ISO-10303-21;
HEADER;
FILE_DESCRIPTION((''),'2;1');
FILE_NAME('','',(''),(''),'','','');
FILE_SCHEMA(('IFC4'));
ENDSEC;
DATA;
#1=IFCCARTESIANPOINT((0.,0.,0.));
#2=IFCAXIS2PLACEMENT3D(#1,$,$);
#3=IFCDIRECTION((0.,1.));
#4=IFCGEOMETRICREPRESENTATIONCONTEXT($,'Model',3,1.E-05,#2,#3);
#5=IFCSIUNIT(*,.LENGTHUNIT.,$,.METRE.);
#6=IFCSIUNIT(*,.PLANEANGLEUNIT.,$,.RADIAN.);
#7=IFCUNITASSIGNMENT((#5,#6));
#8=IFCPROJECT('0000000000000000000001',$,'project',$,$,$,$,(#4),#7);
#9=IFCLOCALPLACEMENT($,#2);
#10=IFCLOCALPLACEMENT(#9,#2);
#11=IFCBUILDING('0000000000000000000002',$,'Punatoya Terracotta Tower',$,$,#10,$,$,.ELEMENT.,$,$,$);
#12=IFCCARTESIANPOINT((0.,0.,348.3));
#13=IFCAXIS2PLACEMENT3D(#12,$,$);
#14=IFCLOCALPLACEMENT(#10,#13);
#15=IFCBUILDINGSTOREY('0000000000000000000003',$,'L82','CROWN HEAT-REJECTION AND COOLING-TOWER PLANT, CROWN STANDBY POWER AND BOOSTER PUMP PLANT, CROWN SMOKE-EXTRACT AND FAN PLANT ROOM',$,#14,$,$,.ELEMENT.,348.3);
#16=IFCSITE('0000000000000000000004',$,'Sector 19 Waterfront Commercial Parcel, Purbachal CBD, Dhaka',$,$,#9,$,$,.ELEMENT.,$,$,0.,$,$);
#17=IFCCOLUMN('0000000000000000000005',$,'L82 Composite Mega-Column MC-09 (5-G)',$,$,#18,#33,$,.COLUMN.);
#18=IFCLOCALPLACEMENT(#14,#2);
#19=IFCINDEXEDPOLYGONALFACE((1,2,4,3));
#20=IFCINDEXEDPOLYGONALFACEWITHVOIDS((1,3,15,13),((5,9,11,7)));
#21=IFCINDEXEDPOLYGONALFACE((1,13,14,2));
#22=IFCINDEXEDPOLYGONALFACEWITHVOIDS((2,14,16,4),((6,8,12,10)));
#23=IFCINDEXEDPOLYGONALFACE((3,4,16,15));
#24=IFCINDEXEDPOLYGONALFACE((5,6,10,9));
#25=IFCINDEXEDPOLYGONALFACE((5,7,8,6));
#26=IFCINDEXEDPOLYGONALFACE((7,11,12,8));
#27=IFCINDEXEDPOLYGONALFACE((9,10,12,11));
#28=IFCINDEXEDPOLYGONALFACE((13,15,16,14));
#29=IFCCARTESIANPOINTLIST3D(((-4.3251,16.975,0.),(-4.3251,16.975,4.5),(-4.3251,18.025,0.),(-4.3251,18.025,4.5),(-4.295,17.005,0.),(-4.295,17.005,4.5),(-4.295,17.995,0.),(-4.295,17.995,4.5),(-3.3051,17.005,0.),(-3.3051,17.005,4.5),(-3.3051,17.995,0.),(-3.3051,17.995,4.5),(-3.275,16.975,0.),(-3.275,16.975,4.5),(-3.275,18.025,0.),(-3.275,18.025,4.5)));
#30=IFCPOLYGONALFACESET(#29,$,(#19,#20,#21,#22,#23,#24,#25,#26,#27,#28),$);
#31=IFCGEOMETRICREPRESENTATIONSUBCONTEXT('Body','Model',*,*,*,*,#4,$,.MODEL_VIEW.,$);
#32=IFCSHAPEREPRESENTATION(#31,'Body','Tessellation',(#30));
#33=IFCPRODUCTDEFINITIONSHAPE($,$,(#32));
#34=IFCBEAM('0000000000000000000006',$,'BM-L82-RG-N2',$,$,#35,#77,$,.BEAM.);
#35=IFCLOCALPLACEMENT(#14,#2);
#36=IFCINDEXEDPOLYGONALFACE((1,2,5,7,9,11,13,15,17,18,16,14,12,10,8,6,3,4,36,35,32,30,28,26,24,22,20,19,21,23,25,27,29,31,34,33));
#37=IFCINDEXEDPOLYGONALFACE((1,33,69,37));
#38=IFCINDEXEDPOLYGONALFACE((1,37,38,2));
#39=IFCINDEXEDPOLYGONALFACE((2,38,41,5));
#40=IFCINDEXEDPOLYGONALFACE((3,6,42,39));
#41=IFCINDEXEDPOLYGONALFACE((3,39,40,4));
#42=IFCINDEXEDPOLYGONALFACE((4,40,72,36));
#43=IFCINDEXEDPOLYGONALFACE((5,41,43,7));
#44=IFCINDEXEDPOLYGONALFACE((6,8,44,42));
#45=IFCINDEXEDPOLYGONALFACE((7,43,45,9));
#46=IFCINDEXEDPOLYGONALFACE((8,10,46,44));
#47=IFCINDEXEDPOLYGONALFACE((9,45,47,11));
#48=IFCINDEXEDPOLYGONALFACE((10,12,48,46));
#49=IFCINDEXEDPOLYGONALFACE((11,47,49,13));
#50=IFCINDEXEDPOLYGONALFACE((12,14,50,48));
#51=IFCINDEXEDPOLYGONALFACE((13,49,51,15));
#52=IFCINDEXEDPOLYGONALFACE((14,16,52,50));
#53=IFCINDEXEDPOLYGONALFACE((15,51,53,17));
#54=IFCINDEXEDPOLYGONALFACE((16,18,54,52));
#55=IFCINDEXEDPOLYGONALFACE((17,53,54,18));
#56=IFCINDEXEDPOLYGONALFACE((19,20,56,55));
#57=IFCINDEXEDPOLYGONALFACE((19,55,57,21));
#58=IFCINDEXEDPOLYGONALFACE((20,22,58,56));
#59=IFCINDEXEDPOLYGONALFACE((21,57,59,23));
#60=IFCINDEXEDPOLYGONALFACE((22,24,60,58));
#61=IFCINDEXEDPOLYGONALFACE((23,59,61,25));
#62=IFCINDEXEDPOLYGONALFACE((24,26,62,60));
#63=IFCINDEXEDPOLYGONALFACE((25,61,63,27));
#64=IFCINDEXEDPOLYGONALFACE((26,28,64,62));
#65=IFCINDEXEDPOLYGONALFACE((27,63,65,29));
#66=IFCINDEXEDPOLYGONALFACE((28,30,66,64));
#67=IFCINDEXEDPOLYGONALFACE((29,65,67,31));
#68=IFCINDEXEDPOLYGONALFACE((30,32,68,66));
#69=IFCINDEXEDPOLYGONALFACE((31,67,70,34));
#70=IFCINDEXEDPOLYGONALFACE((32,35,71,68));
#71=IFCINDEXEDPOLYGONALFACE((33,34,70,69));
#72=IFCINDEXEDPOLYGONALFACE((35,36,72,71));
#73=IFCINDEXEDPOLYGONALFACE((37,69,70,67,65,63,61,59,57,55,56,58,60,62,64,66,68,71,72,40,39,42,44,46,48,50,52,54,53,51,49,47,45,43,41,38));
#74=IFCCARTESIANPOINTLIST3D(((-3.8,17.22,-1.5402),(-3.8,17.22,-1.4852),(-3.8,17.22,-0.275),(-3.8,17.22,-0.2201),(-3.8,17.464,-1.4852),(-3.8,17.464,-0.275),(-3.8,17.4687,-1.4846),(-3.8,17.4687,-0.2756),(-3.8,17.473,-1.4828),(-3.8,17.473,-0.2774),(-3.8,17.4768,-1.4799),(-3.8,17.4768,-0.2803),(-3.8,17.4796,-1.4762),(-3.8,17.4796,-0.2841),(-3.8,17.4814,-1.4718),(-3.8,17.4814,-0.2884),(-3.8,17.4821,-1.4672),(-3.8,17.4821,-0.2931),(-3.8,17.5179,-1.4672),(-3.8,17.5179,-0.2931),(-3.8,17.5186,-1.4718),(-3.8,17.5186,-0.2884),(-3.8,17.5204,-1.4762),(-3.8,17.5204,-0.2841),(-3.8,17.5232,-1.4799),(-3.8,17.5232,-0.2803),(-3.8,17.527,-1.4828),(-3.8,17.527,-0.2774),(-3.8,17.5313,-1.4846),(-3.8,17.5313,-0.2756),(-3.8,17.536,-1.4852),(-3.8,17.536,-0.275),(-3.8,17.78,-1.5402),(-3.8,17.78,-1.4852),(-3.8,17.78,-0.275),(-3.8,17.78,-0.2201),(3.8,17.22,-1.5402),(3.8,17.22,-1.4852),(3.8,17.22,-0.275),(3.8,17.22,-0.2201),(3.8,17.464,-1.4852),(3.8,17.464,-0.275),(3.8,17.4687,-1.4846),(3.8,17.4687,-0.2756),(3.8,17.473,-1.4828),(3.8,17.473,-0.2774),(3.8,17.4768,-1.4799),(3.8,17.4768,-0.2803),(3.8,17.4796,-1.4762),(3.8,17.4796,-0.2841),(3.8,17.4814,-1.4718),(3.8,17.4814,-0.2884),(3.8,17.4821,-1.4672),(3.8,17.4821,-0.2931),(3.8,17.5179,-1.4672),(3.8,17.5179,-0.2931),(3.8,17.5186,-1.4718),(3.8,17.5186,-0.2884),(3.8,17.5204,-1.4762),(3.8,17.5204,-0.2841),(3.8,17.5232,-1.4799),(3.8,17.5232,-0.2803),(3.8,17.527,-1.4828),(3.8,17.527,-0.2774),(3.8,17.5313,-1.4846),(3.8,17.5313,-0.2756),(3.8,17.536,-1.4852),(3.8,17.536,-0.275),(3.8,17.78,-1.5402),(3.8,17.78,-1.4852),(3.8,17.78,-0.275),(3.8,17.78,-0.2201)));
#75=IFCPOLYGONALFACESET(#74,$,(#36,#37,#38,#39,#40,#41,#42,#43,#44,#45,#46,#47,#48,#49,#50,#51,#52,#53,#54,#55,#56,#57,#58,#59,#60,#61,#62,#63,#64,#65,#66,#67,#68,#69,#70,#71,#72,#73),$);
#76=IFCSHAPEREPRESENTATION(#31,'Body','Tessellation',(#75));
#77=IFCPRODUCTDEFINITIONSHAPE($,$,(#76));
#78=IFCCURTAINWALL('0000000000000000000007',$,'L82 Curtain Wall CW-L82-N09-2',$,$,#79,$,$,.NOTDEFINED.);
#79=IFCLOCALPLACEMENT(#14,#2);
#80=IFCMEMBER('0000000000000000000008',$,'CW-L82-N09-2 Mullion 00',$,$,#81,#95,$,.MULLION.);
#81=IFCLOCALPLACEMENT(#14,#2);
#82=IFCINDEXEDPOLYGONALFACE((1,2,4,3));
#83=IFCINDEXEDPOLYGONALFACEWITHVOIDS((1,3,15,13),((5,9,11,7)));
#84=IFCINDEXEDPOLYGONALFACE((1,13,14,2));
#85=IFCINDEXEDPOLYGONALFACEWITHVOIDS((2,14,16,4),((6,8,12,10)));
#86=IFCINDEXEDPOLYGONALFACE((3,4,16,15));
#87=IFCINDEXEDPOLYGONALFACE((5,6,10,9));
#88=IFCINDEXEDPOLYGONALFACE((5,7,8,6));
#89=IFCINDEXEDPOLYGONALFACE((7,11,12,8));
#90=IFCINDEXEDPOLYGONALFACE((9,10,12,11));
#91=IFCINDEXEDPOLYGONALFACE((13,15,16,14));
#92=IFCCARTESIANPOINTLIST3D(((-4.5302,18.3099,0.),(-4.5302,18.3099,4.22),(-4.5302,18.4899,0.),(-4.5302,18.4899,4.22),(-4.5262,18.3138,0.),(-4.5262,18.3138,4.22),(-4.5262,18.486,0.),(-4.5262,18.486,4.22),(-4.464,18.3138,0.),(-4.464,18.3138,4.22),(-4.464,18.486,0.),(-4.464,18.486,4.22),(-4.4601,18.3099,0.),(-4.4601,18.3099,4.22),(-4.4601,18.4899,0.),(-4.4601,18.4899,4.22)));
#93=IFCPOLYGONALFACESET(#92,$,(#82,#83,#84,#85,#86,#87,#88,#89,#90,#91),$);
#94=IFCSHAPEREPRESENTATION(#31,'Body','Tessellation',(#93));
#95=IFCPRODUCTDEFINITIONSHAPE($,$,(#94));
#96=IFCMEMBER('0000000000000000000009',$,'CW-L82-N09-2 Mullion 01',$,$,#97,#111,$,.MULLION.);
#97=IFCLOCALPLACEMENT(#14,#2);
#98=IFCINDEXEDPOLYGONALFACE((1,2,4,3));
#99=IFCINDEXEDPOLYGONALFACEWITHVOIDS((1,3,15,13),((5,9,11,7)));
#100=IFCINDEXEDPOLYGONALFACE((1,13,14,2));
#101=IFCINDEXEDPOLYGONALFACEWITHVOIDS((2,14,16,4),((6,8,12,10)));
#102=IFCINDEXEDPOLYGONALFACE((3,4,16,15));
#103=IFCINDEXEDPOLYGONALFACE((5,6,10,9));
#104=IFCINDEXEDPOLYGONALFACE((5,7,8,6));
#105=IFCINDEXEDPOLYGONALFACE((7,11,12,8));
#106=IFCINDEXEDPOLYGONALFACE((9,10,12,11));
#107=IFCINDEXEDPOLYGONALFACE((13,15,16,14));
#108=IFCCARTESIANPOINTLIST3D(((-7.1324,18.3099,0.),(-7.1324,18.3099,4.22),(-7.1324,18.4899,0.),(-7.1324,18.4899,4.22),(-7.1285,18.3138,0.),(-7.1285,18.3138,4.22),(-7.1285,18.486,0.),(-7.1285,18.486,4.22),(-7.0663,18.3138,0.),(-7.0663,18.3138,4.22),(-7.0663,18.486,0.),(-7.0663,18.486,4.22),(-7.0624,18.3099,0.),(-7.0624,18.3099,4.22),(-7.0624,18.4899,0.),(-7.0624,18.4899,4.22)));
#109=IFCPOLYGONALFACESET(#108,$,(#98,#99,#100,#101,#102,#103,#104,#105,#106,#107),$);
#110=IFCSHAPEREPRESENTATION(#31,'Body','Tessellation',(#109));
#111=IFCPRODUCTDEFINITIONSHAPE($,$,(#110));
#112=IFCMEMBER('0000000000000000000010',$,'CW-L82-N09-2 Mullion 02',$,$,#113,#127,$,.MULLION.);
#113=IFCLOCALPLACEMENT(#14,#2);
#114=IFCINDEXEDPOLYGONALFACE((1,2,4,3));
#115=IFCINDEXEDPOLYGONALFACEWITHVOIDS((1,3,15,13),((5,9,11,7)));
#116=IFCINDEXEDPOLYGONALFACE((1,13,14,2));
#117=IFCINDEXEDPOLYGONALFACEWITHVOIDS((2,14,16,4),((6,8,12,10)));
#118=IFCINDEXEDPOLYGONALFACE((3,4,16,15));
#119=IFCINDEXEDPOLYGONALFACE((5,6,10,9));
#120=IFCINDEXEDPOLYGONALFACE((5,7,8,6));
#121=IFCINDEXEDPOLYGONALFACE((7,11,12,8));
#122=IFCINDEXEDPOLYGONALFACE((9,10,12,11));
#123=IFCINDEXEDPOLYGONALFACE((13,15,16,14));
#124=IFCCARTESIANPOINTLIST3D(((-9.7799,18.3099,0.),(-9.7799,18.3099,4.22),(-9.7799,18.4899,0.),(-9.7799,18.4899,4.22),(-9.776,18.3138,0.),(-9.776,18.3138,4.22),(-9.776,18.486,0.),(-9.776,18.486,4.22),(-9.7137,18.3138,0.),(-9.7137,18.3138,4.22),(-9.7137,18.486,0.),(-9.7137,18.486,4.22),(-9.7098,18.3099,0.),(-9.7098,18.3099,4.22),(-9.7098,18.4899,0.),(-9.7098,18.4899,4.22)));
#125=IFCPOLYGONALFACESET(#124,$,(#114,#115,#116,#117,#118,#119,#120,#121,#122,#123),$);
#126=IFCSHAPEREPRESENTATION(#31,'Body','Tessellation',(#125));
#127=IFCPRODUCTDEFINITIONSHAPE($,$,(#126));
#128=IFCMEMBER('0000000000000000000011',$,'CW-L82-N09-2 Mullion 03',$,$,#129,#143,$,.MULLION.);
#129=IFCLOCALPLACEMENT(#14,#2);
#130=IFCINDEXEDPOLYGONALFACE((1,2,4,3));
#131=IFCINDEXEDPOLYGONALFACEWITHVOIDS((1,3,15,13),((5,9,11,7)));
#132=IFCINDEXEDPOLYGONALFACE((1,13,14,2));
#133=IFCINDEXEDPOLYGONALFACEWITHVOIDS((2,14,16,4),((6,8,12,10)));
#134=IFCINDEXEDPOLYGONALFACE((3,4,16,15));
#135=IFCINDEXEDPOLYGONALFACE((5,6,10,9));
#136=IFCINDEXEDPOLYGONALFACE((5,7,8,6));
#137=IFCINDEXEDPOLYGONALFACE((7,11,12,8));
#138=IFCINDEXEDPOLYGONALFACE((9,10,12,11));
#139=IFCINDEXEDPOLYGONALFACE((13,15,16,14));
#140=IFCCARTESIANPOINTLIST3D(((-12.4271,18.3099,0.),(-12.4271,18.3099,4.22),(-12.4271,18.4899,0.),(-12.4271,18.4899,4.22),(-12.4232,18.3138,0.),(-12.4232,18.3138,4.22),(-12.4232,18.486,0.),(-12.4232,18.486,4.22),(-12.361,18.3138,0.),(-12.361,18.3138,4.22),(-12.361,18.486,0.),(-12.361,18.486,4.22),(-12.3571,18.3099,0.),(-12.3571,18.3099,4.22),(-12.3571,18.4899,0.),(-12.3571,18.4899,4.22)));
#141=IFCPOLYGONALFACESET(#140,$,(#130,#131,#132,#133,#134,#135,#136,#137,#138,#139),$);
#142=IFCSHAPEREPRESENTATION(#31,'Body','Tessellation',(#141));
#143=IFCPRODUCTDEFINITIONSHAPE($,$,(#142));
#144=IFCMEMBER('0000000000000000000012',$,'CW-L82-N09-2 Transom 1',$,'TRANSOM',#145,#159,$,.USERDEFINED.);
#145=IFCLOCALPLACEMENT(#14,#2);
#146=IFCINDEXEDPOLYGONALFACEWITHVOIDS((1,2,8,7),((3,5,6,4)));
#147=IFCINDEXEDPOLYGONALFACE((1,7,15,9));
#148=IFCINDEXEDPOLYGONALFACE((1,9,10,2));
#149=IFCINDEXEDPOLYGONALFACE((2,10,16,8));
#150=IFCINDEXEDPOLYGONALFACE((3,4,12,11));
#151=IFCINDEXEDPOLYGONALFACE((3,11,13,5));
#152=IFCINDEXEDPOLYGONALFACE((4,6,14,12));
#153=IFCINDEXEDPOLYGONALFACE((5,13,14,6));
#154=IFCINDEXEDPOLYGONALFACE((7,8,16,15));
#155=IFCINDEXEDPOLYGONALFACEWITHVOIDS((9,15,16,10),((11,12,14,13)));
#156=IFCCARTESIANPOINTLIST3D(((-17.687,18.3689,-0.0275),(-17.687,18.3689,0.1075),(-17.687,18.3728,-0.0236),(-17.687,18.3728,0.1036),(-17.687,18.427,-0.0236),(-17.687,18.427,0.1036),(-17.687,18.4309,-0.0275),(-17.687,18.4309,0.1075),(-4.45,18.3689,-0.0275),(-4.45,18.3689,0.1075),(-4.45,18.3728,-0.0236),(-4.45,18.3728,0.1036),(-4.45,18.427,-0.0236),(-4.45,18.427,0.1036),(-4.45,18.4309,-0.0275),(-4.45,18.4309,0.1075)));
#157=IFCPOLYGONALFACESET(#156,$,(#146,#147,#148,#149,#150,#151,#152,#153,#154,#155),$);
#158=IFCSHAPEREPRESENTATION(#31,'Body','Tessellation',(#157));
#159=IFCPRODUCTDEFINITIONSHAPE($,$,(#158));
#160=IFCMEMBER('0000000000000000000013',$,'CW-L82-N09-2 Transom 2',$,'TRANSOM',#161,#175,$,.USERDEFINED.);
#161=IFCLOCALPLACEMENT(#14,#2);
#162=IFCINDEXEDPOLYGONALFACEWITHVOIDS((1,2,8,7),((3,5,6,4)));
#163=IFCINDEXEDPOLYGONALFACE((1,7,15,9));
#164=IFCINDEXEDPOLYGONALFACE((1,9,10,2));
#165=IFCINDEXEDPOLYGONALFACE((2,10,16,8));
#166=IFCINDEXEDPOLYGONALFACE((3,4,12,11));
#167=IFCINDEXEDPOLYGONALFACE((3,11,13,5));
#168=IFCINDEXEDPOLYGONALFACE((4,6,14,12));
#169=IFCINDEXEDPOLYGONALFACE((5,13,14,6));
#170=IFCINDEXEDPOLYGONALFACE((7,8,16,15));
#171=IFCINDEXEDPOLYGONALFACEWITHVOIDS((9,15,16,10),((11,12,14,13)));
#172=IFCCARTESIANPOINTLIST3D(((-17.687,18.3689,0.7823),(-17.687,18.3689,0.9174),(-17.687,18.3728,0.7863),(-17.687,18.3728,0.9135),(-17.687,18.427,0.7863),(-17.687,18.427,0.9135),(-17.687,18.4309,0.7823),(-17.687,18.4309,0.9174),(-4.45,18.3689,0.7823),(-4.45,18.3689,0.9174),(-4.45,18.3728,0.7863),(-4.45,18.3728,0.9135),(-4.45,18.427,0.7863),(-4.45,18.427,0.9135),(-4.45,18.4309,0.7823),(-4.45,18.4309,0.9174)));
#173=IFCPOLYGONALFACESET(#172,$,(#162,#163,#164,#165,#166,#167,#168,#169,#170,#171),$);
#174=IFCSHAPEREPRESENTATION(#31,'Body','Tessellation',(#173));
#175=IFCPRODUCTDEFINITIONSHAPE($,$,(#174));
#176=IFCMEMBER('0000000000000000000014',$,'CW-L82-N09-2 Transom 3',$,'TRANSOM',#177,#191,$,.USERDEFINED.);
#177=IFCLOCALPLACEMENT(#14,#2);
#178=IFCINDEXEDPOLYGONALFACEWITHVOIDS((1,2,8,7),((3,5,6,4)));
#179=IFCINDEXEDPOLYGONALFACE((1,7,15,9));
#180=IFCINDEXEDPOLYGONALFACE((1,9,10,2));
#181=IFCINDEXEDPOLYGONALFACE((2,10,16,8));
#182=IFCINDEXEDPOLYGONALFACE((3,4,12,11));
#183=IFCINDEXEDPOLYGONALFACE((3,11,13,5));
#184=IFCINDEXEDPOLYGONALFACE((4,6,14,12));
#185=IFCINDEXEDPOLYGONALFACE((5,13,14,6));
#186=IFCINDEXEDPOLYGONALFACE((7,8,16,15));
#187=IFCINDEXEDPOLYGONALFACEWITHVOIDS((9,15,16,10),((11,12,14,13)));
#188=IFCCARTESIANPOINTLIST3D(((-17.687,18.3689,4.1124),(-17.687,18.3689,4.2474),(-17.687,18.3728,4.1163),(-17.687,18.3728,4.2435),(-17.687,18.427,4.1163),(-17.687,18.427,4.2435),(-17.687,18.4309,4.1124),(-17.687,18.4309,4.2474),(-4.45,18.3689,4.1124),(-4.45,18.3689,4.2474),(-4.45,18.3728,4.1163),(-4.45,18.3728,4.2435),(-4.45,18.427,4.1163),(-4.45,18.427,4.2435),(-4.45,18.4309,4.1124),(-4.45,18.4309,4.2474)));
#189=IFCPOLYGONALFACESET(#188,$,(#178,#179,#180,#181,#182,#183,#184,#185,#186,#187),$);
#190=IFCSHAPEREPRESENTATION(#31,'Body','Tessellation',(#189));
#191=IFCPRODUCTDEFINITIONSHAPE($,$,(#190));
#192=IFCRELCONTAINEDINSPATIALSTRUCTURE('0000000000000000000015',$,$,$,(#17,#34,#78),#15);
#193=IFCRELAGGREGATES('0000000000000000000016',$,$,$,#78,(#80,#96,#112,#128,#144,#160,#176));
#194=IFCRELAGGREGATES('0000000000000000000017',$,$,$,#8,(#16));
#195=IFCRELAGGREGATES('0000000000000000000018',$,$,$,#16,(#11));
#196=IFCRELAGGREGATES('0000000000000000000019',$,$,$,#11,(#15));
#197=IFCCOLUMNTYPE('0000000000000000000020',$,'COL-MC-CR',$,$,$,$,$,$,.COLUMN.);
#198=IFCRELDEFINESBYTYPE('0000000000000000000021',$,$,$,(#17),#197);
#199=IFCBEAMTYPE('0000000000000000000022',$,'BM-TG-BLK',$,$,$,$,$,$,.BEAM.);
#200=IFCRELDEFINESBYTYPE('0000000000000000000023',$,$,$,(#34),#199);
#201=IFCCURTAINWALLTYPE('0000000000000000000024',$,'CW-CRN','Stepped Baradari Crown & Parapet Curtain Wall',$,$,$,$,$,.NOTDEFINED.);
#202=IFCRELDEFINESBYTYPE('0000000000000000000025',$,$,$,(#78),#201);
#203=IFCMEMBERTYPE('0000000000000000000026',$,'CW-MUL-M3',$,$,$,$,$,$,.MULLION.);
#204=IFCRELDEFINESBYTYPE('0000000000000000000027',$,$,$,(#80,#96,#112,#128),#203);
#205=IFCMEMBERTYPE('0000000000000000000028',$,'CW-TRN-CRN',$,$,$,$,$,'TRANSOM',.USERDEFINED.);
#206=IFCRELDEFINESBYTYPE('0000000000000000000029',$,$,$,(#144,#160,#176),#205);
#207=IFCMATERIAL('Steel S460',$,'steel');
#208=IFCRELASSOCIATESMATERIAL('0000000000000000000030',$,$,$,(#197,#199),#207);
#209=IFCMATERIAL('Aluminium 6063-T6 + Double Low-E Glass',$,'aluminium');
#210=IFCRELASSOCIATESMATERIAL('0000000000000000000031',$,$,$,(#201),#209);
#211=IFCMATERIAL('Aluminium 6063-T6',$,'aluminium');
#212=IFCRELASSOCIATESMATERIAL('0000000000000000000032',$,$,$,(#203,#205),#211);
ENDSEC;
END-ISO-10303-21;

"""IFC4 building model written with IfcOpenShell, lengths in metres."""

from ifc_helpers import new_model, si_unit, direction, frame, origin, origin_2d, place, context, subcontext, project, spatial, hollow_rectangle, i_section, extrude, material, material_profile, profile_set, type_object, element, aggregate, save


model = new_model("IFC4")

# Units and contexts
model_context = context("Model", 3, precision=1e-05, world=origin(), true_north=direction((0.0, 1.0)))
body_context = subcontext(model_context, "Body", "Model", "MODEL_VIEW")
ifc_project = project(units=[si_unit("LENGTHUNIT", "METRE"), si_unit("PLANEANGLEUNIT", "RADIAN")], contexts=[model_context])

# Site, building, storey
site_placement = place(None, origin())
site = spatial("IfcSite", under=ifc_project, at=site_placement, Name="Sector 19 Waterfront Commercial Parcel, Purbachal CBD, Dhaka", CompositionType="ELEMENT", RefElevation=0.0)
building_placement = place(site_placement, origin())
building = spatial("IfcBuilding", under=site, at=building_placement, Name="Punatoya Terracotta Tower", CompositionType="ELEMENT")
storey_placement = place(building_placement, frame((0.0, 0.0, 348.3)))
storey = spatial("IfcBuildingStorey", under=building, at=storey_placement, Name="L82", Description="CROWN HEAT-REJECTION AND COOLING-TOWER PLANT, CROWN STANDBY POWER AND BOOSTER PUMP PLANT, CROWN SMOKE-EXTRACT AND FAN PLANT ROOM", CompositionType="ELEMENT", Elevation=348.3)

# Column
ifc_material_1 = material(Name="Steel S460", Category="steel")
ifc_material_profile_1 = material_profile(ifc_material_1, hollow_rectangle(XDim=1.05, YDim=1.05, WallThickness=0.03, at=origin_2d()))
ifc_profile_set_1 = profile_set([ifc_material_profile_1], Name="Steel S460")
column_type = type_object("IfcColumnType", Name="COL-MC-CR", PredefinedType="COLUMN", material=ifc_profile_set_1)
column_placement = place(storey_placement, frame((-3.8, 17.5, 0.0), z_axis=(0.0, 0.0, 1.0), x_axis=(1.0, 0.0, 0.0)))
element("IfcColumn", 1, at=column_placement, inside=storey, type_object=column_type, Name="L82 Composite Mega-Column MC-09 (5-G)", PredefinedType="COLUMN", context=body_context, shape_type="SweptSolid", body=[
    extrude(hollow_rectangle(XDim=1.05, YDim=1.05, WallThickness=0.03, at=origin_2d()), origin(), (0.0, 0.0, 1.0), 4.5),
])

# Beam
ifc_material_profile_2 = material_profile(ifc_material_1, i_section(OverallWidth=0.5601, OverallDepth=1.3201, WebThickness=0.0359, FlangeThickness=0.0549, FilletRadius=0.0181, at=origin_2d()))
ifc_profile_set_2 = profile_set([ifc_material_profile_2], Name="Steel S460")
beam_type = type_object("IfcBeamType", Name="BM-TG-BLK", PredefinedType="BEAM", material=ifc_profile_set_2)
beam_placement = place(storey_placement, frame((-3.8, 17.5, -0.8801), z_axis=(1.0, 0.0, 0.0), x_axis=(0.0, 1.0, 0.0)))
element("IfcBeam", 2, at=beam_placement, inside=storey, type_object=beam_type, Name="BM-L82-RG-N2", PredefinedType="BEAM", context=body_context, shape_type="SweptSolid", body=[
    extrude(i_section(OverallWidth=0.5601, OverallDepth=1.3201, WebThickness=0.0359, FlangeThickness=0.0549, FilletRadius=0.0181, at=origin_2d()), origin(), (0.0, 0.0, 1.0), 7.6001),
])

# Curtain wall, members
ifc_material_2 = material(Name="Aluminium 6063-T6 + Double Low-E Glass", Category="aluminium")
curtain_wall_type = type_object("IfcCurtainWallType", Name="CW-CRN", Description="Stepped Baradari Crown & Parapet Curtain Wall", PredefinedType="NOTDEFINED", material=ifc_material_2)
curtain_wall_placement = place(storey_placement, origin())
curtain_wall = element("IfcCurtainWall", 3, at=curtain_wall_placement, inside=storey, type_object=curtain_wall_type, Name="L82 Curtain Wall CW-L82-N09-2", PredefinedType="NOTDEFINED")
ifc_material_3 = material(Name="Aluminium 6063-T6", Category="aluminium")
ifc_material_profile_3 = material_profile(ifc_material_3, hollow_rectangle(XDim=0.0701, YDim=0.1799, WallThickness=0.0039, at=origin_2d()))
ifc_profile_set_3 = profile_set([ifc_material_profile_3], Name="Aluminium 6063-T6")
member_type_1 = type_object("IfcMemberType", Name="CW-MUL-M3", PredefinedType="MULLION", material=ifc_profile_set_3)
member_1_placement = place(storey_placement, frame((-4.4951, 18.3999, 0.0), z_axis=(0.0, 0.0, 1.0), x_axis=(1.0, 0.0, 0.0)))
member_1 = element("IfcMember", 4, at=member_1_placement, type_object=member_type_1, Name="CW-L82-N09-2 Mullion 00", PredefinedType="MULLION", context=body_context, shape_type="SweptSolid", body=[
    extrude(hollow_rectangle(XDim=0.0701, YDim=0.1799, WallThickness=0.0039, at=origin_2d()), origin(), (0.0, 0.0, 1.0), 4.22),
])
member_2_placement = place(storey_placement, frame((-7.0974, 18.3999, 0.0), z_axis=(0.0, 0.0, 1.0), x_axis=(1.0, 0.0, 0.0)))
member_2 = element("IfcMember", 5, at=member_2_placement, type_object=member_type_1, Name="CW-L82-N09-2 Mullion 01", PredefinedType="MULLION", context=body_context, shape_type="SweptSolid", body=[
    extrude(hollow_rectangle(XDim=0.0701, YDim=0.1799, WallThickness=0.0039, at=origin_2d()), origin(), (0.0, 0.0, 1.0), 4.22),
])
member_3_placement = place(storey_placement, frame((-9.7449, 18.3999, 0.0), z_axis=(0.0, 0.0, 1.0), x_axis=(1.0, 0.0, 0.0)))
member_3 = element("IfcMember", 6, at=member_3_placement, type_object=member_type_1, Name="CW-L82-N09-2 Mullion 02", PredefinedType="MULLION", context=body_context, shape_type="SweptSolid", body=[
    extrude(hollow_rectangle(XDim=0.0701, YDim=0.1799, WallThickness=0.0039, at=origin_2d()), origin(), (0.0, 0.0, 1.0), 4.22),
])
member_4_placement = place(storey_placement, frame((-12.3921, 18.3999, 0.0), z_axis=(0.0, 0.0, 1.0), x_axis=(1.0, 0.0, 0.0)))
member_4 = element("IfcMember", 7, at=member_4_placement, type_object=member_type_1, Name="CW-L82-N09-2 Mullion 03", PredefinedType="MULLION", context=body_context, shape_type="SweptSolid", body=[
    extrude(hollow_rectangle(XDim=0.0701, YDim=0.1799, WallThickness=0.0039, at=origin_2d()), origin(), (0.0, 0.0, 1.0), 4.22),
])
ifc_material_profile_4 = material_profile(ifc_material_3, hollow_rectangle(XDim=0.062, YDim=0.135, WallThickness=0.0039, at=origin_2d()))
ifc_profile_set_4 = profile_set([ifc_material_profile_4], Name="Aluminium 6063-T6")
member_type_2 = type_object("IfcMemberType", Name="CW-TRN-CRN", ElementType="TRANSOM", PredefinedType="USERDEFINED", material=ifc_profile_set_4)
member_5_placement = place(storey_placement, frame((-4.45, 18.3999, 0.04), z_axis=(-1.0, 0.0, 0.0), x_axis=(0.0, -1.0, 0.0)))
member_5 = element("IfcMember", 8, at=member_5_placement, type_object=member_type_2, Name="CW-L82-N09-2 Transom 1", ObjectType="TRANSOM", PredefinedType="USERDEFINED", context=body_context, shape_type="SweptSolid", body=[
    extrude(hollow_rectangle(XDim=0.062, YDim=0.135, WallThickness=0.0039, at=origin_2d()), origin(), (0.0, 0.0, 1.0), 13.2371),
])
member_6_placement = place(storey_placement, frame((-4.45, 18.3999, 0.8499), z_axis=(-1.0, 0.0, 0.0), x_axis=(0.0, -1.0, 0.0)))
member_6 = element("IfcMember", 9, at=member_6_placement, type_object=member_type_2, Name="CW-L82-N09-2 Transom 2", ObjectType="TRANSOM", PredefinedType="USERDEFINED", context=body_context, shape_type="SweptSolid", body=[
    extrude(hollow_rectangle(XDim=0.062, YDim=0.135, WallThickness=0.0039, at=origin_2d()), origin(), (0.0, 0.0, 1.0), 13.2371),
])
member_7_placement = place(storey_placement, frame((-4.45, 18.3999, 4.1799), z_axis=(-1.0, 0.0, 0.0), x_axis=(0.0, -1.0, 0.0)))
member_7 = element("IfcMember", 10, at=member_7_placement, type_object=member_type_2, Name="CW-L82-N09-2 Transom 3", ObjectType="TRANSOM", PredefinedType="USERDEFINED", context=body_context, shape_type="SweptSolid", body=[
    extrude(hollow_rectangle(XDim=0.062, YDim=0.135, WallThickness=0.0039, at=origin_2d()), origin(), (0.0, 0.0, 1.0), 13.2371),
])

aggregate(curtain_wall, [member_1, member_2, member_3, member_4, member_5, member_6, member_7])

save(model, "model.ifc")
